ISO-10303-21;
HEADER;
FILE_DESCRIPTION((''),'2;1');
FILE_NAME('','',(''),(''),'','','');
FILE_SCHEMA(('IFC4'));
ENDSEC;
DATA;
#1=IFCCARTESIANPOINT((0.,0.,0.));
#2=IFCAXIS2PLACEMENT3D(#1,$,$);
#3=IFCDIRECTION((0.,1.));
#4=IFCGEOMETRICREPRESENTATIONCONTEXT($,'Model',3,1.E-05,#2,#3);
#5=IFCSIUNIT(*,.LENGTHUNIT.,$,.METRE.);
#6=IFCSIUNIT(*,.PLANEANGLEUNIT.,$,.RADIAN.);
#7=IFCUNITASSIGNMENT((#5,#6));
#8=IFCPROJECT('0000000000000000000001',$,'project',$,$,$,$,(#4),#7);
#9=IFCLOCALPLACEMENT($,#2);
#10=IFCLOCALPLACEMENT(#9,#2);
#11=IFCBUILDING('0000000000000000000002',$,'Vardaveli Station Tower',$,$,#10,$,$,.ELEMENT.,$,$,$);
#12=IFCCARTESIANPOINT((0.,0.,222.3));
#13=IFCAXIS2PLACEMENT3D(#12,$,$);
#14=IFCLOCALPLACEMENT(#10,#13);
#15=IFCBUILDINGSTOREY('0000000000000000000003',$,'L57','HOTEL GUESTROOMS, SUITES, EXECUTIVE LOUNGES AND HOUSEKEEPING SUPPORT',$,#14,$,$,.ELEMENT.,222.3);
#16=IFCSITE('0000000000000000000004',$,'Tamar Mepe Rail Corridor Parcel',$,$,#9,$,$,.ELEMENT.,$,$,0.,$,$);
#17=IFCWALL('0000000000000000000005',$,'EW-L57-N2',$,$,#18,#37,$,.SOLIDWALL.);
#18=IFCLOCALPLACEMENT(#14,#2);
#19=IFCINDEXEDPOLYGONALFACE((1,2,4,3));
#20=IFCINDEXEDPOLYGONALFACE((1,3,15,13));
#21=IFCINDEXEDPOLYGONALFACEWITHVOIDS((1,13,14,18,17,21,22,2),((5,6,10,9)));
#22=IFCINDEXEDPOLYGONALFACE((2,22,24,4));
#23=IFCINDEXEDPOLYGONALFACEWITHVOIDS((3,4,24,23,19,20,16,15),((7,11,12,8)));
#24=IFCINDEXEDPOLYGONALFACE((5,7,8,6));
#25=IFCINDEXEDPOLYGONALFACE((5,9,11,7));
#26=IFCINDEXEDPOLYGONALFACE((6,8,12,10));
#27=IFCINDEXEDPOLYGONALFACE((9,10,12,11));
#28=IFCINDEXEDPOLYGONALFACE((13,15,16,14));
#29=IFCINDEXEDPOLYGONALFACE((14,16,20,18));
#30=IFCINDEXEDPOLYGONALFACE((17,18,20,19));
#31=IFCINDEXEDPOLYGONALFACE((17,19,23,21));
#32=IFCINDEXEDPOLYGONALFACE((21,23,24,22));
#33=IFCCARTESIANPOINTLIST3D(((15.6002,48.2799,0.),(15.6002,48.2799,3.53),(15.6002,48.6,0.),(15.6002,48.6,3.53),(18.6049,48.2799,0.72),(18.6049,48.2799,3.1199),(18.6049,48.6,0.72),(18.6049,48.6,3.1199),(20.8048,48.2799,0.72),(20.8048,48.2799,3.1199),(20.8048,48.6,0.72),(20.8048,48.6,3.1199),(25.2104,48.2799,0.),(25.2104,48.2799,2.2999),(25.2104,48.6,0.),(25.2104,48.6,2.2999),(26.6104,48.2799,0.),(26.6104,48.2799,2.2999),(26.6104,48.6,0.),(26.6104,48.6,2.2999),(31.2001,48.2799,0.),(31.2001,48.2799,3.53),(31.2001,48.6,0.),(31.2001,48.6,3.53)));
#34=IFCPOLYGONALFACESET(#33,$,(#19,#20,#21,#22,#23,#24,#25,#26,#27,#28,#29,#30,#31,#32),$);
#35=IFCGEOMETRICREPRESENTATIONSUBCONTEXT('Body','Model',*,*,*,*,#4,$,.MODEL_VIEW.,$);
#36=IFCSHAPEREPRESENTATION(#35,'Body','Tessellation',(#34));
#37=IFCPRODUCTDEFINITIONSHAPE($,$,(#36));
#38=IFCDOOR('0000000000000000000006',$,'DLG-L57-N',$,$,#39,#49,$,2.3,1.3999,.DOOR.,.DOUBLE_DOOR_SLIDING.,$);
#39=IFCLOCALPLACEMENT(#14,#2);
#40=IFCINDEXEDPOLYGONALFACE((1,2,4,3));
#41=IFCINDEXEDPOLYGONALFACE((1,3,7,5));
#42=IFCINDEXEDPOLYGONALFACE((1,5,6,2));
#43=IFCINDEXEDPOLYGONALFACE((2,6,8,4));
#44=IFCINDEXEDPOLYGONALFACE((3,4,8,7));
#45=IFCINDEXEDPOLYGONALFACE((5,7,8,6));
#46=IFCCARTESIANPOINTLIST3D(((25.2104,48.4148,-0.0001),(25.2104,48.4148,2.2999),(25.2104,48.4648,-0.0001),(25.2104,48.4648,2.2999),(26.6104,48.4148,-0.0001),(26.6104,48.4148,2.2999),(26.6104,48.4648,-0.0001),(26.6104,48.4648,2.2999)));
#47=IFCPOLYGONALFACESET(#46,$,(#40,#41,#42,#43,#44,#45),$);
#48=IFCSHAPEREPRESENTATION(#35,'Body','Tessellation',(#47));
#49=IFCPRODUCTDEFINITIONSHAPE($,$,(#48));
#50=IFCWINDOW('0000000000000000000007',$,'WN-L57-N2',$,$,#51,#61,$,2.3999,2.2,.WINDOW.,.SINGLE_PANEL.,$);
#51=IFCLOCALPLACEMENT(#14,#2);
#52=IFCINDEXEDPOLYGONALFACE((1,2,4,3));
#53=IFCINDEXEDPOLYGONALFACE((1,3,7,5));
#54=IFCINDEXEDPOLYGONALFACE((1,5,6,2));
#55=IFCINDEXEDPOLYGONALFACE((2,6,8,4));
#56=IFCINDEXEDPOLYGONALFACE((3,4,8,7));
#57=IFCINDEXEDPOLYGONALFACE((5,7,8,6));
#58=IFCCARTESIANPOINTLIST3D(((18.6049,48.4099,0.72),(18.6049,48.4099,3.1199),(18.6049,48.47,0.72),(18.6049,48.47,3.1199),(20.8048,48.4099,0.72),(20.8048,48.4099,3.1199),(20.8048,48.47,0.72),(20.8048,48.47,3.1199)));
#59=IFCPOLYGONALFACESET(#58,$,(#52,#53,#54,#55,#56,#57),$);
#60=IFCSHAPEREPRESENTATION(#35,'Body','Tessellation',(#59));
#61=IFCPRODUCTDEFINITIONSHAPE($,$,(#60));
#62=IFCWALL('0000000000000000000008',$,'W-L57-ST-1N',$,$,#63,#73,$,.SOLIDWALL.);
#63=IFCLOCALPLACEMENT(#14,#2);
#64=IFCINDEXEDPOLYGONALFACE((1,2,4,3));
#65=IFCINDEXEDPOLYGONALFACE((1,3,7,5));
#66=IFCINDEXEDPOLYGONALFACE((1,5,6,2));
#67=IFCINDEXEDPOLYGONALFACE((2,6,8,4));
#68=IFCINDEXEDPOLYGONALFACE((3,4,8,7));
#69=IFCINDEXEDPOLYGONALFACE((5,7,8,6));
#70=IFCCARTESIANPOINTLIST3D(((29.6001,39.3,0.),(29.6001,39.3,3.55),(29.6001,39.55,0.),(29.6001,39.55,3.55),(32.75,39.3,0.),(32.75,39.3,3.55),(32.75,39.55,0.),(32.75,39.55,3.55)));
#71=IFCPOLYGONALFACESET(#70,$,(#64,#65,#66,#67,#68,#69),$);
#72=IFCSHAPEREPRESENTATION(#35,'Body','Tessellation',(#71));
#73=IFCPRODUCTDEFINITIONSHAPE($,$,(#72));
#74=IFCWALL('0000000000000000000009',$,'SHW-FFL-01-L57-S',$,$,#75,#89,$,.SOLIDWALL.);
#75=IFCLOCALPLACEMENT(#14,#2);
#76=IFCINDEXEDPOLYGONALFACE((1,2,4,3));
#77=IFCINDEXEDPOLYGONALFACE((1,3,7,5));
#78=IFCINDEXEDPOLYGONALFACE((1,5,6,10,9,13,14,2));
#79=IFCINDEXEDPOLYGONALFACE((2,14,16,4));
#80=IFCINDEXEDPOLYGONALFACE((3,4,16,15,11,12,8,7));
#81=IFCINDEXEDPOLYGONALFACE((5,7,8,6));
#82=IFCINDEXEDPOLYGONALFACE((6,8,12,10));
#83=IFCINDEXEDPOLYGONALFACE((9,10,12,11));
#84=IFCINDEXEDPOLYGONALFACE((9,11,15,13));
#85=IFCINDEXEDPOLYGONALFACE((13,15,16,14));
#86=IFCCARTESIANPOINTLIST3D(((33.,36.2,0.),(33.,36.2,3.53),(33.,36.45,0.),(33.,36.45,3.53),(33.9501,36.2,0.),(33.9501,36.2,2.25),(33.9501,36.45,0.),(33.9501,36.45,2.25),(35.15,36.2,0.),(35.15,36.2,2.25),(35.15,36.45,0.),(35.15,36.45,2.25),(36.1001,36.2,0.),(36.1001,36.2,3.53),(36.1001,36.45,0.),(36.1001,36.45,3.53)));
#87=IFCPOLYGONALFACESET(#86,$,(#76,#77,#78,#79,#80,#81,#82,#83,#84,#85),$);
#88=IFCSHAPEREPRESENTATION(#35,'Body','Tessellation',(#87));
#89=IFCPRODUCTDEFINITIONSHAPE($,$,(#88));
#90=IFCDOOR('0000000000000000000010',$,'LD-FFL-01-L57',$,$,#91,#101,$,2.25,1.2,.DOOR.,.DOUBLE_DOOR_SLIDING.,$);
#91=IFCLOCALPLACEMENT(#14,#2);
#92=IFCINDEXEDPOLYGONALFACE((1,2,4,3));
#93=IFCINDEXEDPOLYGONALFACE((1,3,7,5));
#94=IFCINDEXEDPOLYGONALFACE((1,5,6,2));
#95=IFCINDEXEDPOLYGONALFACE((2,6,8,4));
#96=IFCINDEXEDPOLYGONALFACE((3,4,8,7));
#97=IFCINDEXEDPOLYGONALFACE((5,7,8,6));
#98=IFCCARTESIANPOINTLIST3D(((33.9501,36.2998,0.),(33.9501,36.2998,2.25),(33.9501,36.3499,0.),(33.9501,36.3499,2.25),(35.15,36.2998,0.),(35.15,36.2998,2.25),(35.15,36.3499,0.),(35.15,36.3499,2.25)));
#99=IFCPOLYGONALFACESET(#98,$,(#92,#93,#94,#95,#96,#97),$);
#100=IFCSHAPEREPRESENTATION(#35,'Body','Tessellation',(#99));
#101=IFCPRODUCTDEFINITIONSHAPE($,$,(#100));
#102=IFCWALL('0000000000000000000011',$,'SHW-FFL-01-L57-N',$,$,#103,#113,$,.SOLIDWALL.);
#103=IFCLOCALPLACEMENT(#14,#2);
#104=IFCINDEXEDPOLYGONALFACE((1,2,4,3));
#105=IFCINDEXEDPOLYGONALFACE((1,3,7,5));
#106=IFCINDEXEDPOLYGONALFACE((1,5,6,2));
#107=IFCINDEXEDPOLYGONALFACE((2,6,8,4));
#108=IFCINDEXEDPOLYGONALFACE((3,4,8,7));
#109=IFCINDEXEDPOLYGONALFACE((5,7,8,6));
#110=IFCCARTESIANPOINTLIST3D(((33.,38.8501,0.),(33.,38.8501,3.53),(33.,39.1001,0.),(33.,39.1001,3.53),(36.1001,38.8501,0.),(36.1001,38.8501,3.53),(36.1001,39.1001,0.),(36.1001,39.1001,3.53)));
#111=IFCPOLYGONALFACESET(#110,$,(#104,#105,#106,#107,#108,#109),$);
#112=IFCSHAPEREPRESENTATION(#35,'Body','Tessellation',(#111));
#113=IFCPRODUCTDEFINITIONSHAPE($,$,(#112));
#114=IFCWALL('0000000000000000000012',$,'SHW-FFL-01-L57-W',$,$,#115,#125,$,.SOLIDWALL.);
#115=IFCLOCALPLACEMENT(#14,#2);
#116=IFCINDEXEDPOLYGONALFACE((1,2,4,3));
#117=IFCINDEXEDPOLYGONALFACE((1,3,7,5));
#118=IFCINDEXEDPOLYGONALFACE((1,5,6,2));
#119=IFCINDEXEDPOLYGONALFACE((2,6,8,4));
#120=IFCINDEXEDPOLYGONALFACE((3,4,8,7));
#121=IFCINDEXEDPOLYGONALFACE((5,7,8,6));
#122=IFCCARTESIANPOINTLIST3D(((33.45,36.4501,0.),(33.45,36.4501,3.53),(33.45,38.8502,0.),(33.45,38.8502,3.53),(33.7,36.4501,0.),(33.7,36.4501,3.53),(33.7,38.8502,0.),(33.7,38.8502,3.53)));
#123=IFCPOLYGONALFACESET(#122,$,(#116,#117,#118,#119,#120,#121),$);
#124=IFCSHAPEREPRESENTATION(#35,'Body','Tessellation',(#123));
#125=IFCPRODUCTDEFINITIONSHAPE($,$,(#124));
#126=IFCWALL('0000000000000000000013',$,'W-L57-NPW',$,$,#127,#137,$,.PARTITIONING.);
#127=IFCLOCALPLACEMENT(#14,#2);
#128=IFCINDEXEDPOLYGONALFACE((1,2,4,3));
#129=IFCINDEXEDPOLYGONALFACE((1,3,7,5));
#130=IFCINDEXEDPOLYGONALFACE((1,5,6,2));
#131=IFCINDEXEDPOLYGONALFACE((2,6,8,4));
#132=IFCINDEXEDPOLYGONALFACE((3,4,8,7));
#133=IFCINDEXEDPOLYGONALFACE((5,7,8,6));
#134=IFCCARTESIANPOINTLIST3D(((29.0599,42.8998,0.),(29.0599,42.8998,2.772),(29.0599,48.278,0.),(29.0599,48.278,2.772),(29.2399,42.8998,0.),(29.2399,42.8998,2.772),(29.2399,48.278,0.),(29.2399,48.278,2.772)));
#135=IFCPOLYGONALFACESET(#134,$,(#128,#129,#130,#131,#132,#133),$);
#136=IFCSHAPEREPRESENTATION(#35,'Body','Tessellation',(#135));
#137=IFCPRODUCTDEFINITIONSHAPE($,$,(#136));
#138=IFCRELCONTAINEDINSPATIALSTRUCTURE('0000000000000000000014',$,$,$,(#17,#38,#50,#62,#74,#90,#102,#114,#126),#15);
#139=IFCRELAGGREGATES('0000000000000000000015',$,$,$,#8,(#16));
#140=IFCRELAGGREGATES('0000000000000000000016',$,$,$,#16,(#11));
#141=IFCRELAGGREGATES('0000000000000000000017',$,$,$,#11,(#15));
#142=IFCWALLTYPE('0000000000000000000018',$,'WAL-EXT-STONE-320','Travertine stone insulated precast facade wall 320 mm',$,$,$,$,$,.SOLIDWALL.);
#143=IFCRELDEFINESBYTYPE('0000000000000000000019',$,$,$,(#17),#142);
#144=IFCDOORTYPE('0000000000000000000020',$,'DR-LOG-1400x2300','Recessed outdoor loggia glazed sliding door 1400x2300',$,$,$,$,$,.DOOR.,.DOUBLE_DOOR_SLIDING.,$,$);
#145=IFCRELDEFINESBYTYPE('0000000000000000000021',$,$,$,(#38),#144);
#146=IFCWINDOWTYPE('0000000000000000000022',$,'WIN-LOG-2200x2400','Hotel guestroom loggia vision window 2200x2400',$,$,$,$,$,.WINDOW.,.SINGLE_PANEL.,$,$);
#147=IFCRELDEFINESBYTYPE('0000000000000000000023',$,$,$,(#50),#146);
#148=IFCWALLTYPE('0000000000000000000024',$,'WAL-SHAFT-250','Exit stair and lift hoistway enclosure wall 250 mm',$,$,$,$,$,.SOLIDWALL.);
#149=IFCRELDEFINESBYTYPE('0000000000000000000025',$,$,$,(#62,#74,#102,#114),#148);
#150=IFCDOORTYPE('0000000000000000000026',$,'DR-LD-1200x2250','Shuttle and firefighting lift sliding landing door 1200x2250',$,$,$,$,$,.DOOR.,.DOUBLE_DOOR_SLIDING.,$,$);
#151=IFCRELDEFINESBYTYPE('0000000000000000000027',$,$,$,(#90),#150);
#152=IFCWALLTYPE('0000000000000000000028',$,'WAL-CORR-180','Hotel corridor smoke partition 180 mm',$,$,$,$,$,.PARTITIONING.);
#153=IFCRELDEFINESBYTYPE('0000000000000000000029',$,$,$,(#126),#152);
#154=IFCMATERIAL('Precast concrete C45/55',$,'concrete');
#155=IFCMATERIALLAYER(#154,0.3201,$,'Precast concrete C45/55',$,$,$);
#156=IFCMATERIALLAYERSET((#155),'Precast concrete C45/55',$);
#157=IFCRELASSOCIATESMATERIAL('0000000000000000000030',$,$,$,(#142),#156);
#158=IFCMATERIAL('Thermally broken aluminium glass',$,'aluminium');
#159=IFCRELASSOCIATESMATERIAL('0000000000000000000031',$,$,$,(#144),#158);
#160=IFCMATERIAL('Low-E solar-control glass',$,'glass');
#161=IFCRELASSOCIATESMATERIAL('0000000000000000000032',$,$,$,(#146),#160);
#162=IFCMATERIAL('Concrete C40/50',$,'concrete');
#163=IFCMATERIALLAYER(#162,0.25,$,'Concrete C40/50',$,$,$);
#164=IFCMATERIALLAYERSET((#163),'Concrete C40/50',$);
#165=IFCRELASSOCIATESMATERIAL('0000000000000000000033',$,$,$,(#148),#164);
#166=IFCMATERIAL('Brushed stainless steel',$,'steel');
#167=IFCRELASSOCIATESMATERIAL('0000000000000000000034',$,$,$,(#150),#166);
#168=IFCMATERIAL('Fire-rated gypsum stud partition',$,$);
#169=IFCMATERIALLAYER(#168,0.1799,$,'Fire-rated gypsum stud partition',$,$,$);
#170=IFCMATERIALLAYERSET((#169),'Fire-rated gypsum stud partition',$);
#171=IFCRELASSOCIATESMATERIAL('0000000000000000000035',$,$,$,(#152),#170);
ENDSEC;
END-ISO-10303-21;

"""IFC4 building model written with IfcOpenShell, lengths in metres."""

from ifc_helpers import new_model, si_unit, direction, frame, frame_2d, origin, place, context, subcontext, project, spatial, rectangle, extrude, source, transform, mapped, material, layer, layer_set, type_object, element, fill, save


model = new_model("IFC4")

# Units and contexts
model_context = context("Model", 3, precision=1e-05, world=origin(), true_north=direction((0.0, 1.0)))
body_context = subcontext(model_context, "Body", "Model", "MODEL_VIEW")
ifc_project = project(units=[si_unit("LENGTHUNIT", "METRE"), si_unit("PLANEANGLEUNIT", "RADIAN")], contexts=[model_context])

# Site, building, storey
site_placement = place(None, origin())
site = spatial("IfcSite", under=ifc_project, at=site_placement, Name="Tamar Mepe Rail Corridor Parcel", CompositionType="ELEMENT", RefElevation=0.0)
building_placement = place(site_placement, origin())
building = spatial("IfcBuilding", under=site, at=building_placement, Name="Vardaveli Station Tower", CompositionType="ELEMENT")
storey_placement = place(building_placement, frame((0.0, 0.0, 222.3)))
storey = spatial("IfcBuildingStorey", under=building, at=storey_placement, Name="L57", Description="HOTEL GUESTROOMS, SUITES, EXECUTIVE LOUNGES AND HOUSEKEEPING SUPPORT", CompositionType="ELEMENT", Elevation=222.3)

# Shared definitions
ifc_material_1 = material(Name="Precast concrete C45/55", Category="concrete")

# Wall, openings, door, window
ifc_layer_1 = layer(ifc_material_1, 0.3201, Name="Precast concrete C45/55")
ifc_layer_set_1 = layer_set([ifc_layer_1], Name="Precast concrete C45/55")
wall_type_1 = type_object("IfcWallType", Name="WAL-EXT-STONE-320", Description="Travertine stone insulated precast facade wall 320 mm", PredefinedType="SOLIDWALL", material=ifc_layer_set_1)
shared_shape_1 = source(origin(), body_context, "Body", "SweptSolid", [
    extrude(rectangle(XDim=15.5999, YDim=0.3201, at=frame_2d((7.7998, 0.0))), origin(), (0.0, 0.0, 1.0), 3.53),
])
wall_1_placement = place(storey_placement, frame((31.2, 48.4399, 0.0), z_axis=(0.0, 0.0, 1.0), x_axis=(-1.0, 0.0, 0.0)))
wall_1 = element("IfcWall", 1, at=wall_1_placement, inside=storey, type_object=wall_type_1, Name="EW-L57-N2", PredefinedType="SOLIDWALL", context=body_context, shape_type="MappedRepresentation", body=[
    mapped(shared_shape_1, transform((0.0, 0.0, 0.0), scale=1.0)),
])
shared_shape_2 = source(origin(), body_context, "Body", "SweptSolid", [
    extrude(rectangle(XDim=1.3999, YDim=2.3, at=frame_2d((0.7, 1.1499))), frame((0.0, 0.1699, 0.0), z_axis=(0.0, -1.0, 0.0), x_axis=(1.0, 0.0, 0.0)), (0.0, 0.0, 1.0), 0.3401),
])
opening_1_placement = place(wall_1_placement, frame((4.5896, 0.0, 0.0)))
opening_1 = element("IfcOpeningElement", 2, at=opening_1_placement, cuts=wall_1, PredefinedType="OPENING", context=body_context, shape_type="MappedRepresentation", body=[
    mapped(shared_shape_2, transform((0.0, 0.0, 0.0), scale=1.0)),
])
shared_shape_3 = source(origin(), body_context, "Body", "SweptSolid", [
    extrude(rectangle(XDim=2.2, YDim=2.3999, at=frame_2d((1.1001, 1.2))), frame((0.0, 0.1699, 0.0), z_axis=(0.0, -1.0, 0.0), x_axis=(1.0, 0.0, 0.0)), (0.0, 0.0, 1.0), 0.3401),
])
opening_2_placement = place(wall_1_placement, frame((10.395, 0.0, 0.72)))
opening_2 = element("IfcOpeningElement", 3, at=opening_2_placement, cuts=wall_1, PredefinedType="OPENING", context=body_context, shape_type="MappedRepresentation", body=[
    mapped(shared_shape_3, transform((0.0, 0.0, 0.0), scale=1.0)),
])
ifc_material_2 = material(Name="Thermally broken aluminium glass", Category="aluminium")
door_type_1 = type_object("IfcDoorType", Name="DR-LOG-1400x2300", Description="Recessed outdoor loggia glazed sliding door 1400x2300", OperationType="DOUBLE_DOOR_SLIDING", PredefinedType="DOOR", material=ifc_material_2)
shared_shape_4 = source(origin(), body_context, "Body", "SweptSolid", [
    extrude(rectangle(XDim=1.3999, YDim=2.3, at=frame_2d((0.7, 1.1499))), frame((0.0, 0.0249, 0.0), z_axis=(0.0, -1.0, 0.0), x_axis=(1.0, 0.0, 0.0)), (0.0, 0.0, 1.0), 0.05),
])
door_1_placement = place(opening_1_placement, frame((1.3999, 0.0, 0.0), z_axis=(0.0, 0.0, 1.0), x_axis=(-1.0, 0.0, 0.0)))
door_1 = element("IfcDoor", 4, at=door_1_placement, inside=storey, type_object=door_type_1, Name="DLG-L57-N", OperationType="DOUBLE_DOOR_SLIDING", OverallHeight=2.3, OverallWidth=1.3999, PredefinedType="DOOR", context=body_context, shape_type="MappedRepresentation", body=[
    mapped(shared_shape_4, transform((0.0, 0.0, 0.0), scale=1.0)),
])
fill(opening_1, door_1)
ifc_material_3 = material(Name="Low-E solar-control glass", Category="glass")
window_type = type_object("IfcWindowType", Name="WIN-LOG-2200x2400", Description="Hotel guestroom loggia vision window 2200x2400", PartitioningType="SINGLE_PANEL", PredefinedType="WINDOW", material=ifc_material_3)
shared_shape_5 = source(origin(), body_context, "Body", "SweptSolid", [
    extrude(rectangle(XDim=2.2, YDim=2.3999, at=frame_2d((1.1001, 1.2))), frame((0.0, 0.03, 0.0), z_axis=(0.0, -1.0, 0.0), x_axis=(1.0, 0.0, 0.0)), (0.0, 0.0, 1.0), 0.0601),
])
window_placement = place(opening_2_placement, origin())
window = element("IfcWindow", 5, at=window_placement, inside=storey, type_object=window_type, Name="WN-L57-N2", OverallHeight=2.3999, OverallWidth=2.2, PartitioningType="SINGLE_PANEL", PredefinedType="WINDOW", context=body_context, shape_type="MappedRepresentation", body=[
    mapped(shared_shape_5, transform((0.0, 0.0, 0.0), scale=1.0)),
])
fill(opening_2, window)

# Wall
ifc_material_4 = material(Name="Concrete C40/50", Category="concrete")
ifc_layer_2 = layer(ifc_material_4, 0.25, Name="Concrete C40/50")
ifc_layer_set_2 = layer_set([ifc_layer_2], Name="Concrete C40/50")
wall_type_2 = type_object("IfcWallType", Name="WAL-SHAFT-250", Description="Exit stair and lift hoistway enclosure wall 250 mm", PredefinedType="SOLIDWALL", material=ifc_layer_set_2)
shared_shape_6 = source(origin(), body_context, "Body", "SweptSolid", [
    extrude(rectangle(XDim=3.1499, YDim=0.25, at=frame_2d((1.575, 0.0))), origin(), (0.0, 0.0, 1.0), 3.55),
])
wall_2_placement = place(storey_placement, frame((29.6001, 39.425, 0.0), z_axis=(0.0, 0.0, 1.0), x_axis=(1.0, 0.0, 0.0)))
element("IfcWall", 6, at=wall_2_placement, inside=storey, type_object=wall_type_2, Name="W-L57-ST-1N", PredefinedType="SOLIDWALL", context=body_context, shape_type="MappedRepresentation", body=[
    mapped(shared_shape_6, transform((0.0, 0.0, 0.0), scale=1.0)),
])

# Wall, opening, door
shared_shape_7 = source(origin(), body_context, "Body", "SweptSolid", [
    extrude(rectangle(XDim=3.1001, YDim=0.25, at=frame_2d((1.55, 0.0))), origin(), (0.0, 0.0, 1.0), 3.53),
])
wall_3_placement = place(storey_placement, frame((33.0, 36.325, 0.0), z_axis=(0.0, 0.0, 1.0), x_axis=(1.0, 0.0, 0.0)))
wall_3 = element("IfcWall", 7, at=wall_3_placement, inside=storey, type_object=wall_type_2, Name="SHW-FFL-01-L57-S", PredefinedType="SOLIDWALL", context=body_context, shape_type="MappedRepresentation", body=[
    mapped(shared_shape_7, transform((0.0, 0.0, 0.0), scale=1.0)),
])
shared_shape_8 = source(origin(), body_context, "Body", "SweptSolid", [
    extrude(rectangle(XDim=1.2, YDim=2.25, at=frame_2d((0.6001, 1.125))), frame((0.0, 0.135, 0.0), z_axis=(0.0, -1.0, 0.0), x_axis=(1.0, 0.0, 0.0)), (0.0, 0.0, 1.0), 0.27),
])
opening_3_placement = place(wall_3_placement, frame((0.95, 0.0, 0.0)))
opening_3 = element("IfcOpeningElement", 8, at=opening_3_placement, cuts=wall_3, PredefinedType="OPENING", context=body_context, shape_type="MappedRepresentation", body=[
    mapped(shared_shape_8, transform((0.0, 0.0, 0.0), scale=1.0)),
])
ifc_material_5 = material(Name="Brushed stainless steel", Category="steel")
door_type_2 = type_object("IfcDoorType", Name="DR-LD-1200x2250", Description="Shuttle and firefighting lift sliding landing door 1200x2250", OperationType="DOUBLE_DOOR_SLIDING", PredefinedType="DOOR", material=ifc_material_5)
shared_shape_9 = source(origin(), body_context, "Body", "SweptSolid", [
    extrude(rectangle(XDim=1.2, YDim=2.25, at=frame_2d((0.6001, 1.125))), frame((0.0, 0.0249, 0.0), z_axis=(0.0, -1.0, 0.0), x_axis=(1.0, 0.0, 0.0)), (0.0, 0.0, 1.0), 0.05),
])
door_2_placement = place(opening_3_placement, origin())
door_2 = element("IfcDoor", 9, at=door_2_placement, inside=storey, type_object=door_type_2, Name="LD-FFL-01-L57", OperationType="DOUBLE_DOOR_SLIDING", OverallHeight=2.25, OverallWidth=1.2, PredefinedType="DOOR", context=body_context, shape_type="MappedRepresentation", body=[
    mapped(shared_shape_9, transform((0.0, 0.0, 0.0), scale=1.0)),
])
fill(opening_3, door_2)

# Walls
wall_4_placement = place(storey_placement, frame((33.0, 38.9751, 0.0), z_axis=(0.0, 0.0, 1.0), x_axis=(1.0, 0.0, 0.0)))
element("IfcWall", 10, at=wall_4_placement, inside=storey, type_object=wall_type_2, Name="SHW-FFL-01-L57-N", PredefinedType="SOLIDWALL", context=body_context, shape_type="MappedRepresentation", body=[
    mapped(shared_shape_7, transform((0.0, 0.0, 0.0), scale=1.0)),
])
shared_shape_10 = source(origin(), body_context, "Body", "SweptSolid", [
    extrude(rectangle(XDim=2.4001, YDim=0.25, at=frame_2d((1.2002, 0.0))), origin(), (0.0, 0.0, 1.0), 3.53),
])
wall_5_placement = place(storey_placement, frame((33.575, 36.45, 0.0), z_axis=(0.0, 0.0, 1.0), x_axis=(0.0, 1.0, 0.0)))
element("IfcWall", 11, at=wall_5_placement, inside=storey, type_object=wall_type_2, Name="SHW-FFL-01-L57-W", PredefinedType="SOLIDWALL", context=body_context, shape_type="MappedRepresentation", body=[
    mapped(shared_shape_10, transform((0.0, 0.0, 0.0), scale=1.0)),
])
ifc_material_6 = material(Name="Fire-rated gypsum stud partition")
ifc_layer_3 = layer(ifc_material_6, 0.1799, Name="Fire-rated gypsum stud partition")
ifc_layer_set_3 = layer_set([ifc_layer_3], Name="Fire-rated gypsum stud partition")
wall_type_3 = type_object("IfcWallType", Name="WAL-CORR-180", Description="Hotel corridor smoke partition 180 mm", PredefinedType="PARTITIONING", material=ifc_layer_set_3)
shared_shape_11 = source(origin(), body_context, "Body", "SweptSolid", [
    extrude(rectangle(XDim=5.3782, YDim=0.1799, at=frame_2d((2.689, 0.0))), origin(), (0.0, 0.0, 1.0), 2.772),
])
wall_6_placement = place(storey_placement, frame((29.1499, 42.8999, 0.0), z_axis=(0.0, 0.0, 1.0), x_axis=(0.0, 1.0, 0.0)))
element("IfcWall", 12, at=wall_6_placement, inside=storey, type_object=wall_type_3, Name="W-L57-NPW", PredefinedType="PARTITIONING", context=body_context, shape_type="MappedRepresentation", body=[
    mapped(shared_shape_11, transform((0.0, 0.0, 0.0), scale=1.0)),
])

save(model, "model.ifc")
